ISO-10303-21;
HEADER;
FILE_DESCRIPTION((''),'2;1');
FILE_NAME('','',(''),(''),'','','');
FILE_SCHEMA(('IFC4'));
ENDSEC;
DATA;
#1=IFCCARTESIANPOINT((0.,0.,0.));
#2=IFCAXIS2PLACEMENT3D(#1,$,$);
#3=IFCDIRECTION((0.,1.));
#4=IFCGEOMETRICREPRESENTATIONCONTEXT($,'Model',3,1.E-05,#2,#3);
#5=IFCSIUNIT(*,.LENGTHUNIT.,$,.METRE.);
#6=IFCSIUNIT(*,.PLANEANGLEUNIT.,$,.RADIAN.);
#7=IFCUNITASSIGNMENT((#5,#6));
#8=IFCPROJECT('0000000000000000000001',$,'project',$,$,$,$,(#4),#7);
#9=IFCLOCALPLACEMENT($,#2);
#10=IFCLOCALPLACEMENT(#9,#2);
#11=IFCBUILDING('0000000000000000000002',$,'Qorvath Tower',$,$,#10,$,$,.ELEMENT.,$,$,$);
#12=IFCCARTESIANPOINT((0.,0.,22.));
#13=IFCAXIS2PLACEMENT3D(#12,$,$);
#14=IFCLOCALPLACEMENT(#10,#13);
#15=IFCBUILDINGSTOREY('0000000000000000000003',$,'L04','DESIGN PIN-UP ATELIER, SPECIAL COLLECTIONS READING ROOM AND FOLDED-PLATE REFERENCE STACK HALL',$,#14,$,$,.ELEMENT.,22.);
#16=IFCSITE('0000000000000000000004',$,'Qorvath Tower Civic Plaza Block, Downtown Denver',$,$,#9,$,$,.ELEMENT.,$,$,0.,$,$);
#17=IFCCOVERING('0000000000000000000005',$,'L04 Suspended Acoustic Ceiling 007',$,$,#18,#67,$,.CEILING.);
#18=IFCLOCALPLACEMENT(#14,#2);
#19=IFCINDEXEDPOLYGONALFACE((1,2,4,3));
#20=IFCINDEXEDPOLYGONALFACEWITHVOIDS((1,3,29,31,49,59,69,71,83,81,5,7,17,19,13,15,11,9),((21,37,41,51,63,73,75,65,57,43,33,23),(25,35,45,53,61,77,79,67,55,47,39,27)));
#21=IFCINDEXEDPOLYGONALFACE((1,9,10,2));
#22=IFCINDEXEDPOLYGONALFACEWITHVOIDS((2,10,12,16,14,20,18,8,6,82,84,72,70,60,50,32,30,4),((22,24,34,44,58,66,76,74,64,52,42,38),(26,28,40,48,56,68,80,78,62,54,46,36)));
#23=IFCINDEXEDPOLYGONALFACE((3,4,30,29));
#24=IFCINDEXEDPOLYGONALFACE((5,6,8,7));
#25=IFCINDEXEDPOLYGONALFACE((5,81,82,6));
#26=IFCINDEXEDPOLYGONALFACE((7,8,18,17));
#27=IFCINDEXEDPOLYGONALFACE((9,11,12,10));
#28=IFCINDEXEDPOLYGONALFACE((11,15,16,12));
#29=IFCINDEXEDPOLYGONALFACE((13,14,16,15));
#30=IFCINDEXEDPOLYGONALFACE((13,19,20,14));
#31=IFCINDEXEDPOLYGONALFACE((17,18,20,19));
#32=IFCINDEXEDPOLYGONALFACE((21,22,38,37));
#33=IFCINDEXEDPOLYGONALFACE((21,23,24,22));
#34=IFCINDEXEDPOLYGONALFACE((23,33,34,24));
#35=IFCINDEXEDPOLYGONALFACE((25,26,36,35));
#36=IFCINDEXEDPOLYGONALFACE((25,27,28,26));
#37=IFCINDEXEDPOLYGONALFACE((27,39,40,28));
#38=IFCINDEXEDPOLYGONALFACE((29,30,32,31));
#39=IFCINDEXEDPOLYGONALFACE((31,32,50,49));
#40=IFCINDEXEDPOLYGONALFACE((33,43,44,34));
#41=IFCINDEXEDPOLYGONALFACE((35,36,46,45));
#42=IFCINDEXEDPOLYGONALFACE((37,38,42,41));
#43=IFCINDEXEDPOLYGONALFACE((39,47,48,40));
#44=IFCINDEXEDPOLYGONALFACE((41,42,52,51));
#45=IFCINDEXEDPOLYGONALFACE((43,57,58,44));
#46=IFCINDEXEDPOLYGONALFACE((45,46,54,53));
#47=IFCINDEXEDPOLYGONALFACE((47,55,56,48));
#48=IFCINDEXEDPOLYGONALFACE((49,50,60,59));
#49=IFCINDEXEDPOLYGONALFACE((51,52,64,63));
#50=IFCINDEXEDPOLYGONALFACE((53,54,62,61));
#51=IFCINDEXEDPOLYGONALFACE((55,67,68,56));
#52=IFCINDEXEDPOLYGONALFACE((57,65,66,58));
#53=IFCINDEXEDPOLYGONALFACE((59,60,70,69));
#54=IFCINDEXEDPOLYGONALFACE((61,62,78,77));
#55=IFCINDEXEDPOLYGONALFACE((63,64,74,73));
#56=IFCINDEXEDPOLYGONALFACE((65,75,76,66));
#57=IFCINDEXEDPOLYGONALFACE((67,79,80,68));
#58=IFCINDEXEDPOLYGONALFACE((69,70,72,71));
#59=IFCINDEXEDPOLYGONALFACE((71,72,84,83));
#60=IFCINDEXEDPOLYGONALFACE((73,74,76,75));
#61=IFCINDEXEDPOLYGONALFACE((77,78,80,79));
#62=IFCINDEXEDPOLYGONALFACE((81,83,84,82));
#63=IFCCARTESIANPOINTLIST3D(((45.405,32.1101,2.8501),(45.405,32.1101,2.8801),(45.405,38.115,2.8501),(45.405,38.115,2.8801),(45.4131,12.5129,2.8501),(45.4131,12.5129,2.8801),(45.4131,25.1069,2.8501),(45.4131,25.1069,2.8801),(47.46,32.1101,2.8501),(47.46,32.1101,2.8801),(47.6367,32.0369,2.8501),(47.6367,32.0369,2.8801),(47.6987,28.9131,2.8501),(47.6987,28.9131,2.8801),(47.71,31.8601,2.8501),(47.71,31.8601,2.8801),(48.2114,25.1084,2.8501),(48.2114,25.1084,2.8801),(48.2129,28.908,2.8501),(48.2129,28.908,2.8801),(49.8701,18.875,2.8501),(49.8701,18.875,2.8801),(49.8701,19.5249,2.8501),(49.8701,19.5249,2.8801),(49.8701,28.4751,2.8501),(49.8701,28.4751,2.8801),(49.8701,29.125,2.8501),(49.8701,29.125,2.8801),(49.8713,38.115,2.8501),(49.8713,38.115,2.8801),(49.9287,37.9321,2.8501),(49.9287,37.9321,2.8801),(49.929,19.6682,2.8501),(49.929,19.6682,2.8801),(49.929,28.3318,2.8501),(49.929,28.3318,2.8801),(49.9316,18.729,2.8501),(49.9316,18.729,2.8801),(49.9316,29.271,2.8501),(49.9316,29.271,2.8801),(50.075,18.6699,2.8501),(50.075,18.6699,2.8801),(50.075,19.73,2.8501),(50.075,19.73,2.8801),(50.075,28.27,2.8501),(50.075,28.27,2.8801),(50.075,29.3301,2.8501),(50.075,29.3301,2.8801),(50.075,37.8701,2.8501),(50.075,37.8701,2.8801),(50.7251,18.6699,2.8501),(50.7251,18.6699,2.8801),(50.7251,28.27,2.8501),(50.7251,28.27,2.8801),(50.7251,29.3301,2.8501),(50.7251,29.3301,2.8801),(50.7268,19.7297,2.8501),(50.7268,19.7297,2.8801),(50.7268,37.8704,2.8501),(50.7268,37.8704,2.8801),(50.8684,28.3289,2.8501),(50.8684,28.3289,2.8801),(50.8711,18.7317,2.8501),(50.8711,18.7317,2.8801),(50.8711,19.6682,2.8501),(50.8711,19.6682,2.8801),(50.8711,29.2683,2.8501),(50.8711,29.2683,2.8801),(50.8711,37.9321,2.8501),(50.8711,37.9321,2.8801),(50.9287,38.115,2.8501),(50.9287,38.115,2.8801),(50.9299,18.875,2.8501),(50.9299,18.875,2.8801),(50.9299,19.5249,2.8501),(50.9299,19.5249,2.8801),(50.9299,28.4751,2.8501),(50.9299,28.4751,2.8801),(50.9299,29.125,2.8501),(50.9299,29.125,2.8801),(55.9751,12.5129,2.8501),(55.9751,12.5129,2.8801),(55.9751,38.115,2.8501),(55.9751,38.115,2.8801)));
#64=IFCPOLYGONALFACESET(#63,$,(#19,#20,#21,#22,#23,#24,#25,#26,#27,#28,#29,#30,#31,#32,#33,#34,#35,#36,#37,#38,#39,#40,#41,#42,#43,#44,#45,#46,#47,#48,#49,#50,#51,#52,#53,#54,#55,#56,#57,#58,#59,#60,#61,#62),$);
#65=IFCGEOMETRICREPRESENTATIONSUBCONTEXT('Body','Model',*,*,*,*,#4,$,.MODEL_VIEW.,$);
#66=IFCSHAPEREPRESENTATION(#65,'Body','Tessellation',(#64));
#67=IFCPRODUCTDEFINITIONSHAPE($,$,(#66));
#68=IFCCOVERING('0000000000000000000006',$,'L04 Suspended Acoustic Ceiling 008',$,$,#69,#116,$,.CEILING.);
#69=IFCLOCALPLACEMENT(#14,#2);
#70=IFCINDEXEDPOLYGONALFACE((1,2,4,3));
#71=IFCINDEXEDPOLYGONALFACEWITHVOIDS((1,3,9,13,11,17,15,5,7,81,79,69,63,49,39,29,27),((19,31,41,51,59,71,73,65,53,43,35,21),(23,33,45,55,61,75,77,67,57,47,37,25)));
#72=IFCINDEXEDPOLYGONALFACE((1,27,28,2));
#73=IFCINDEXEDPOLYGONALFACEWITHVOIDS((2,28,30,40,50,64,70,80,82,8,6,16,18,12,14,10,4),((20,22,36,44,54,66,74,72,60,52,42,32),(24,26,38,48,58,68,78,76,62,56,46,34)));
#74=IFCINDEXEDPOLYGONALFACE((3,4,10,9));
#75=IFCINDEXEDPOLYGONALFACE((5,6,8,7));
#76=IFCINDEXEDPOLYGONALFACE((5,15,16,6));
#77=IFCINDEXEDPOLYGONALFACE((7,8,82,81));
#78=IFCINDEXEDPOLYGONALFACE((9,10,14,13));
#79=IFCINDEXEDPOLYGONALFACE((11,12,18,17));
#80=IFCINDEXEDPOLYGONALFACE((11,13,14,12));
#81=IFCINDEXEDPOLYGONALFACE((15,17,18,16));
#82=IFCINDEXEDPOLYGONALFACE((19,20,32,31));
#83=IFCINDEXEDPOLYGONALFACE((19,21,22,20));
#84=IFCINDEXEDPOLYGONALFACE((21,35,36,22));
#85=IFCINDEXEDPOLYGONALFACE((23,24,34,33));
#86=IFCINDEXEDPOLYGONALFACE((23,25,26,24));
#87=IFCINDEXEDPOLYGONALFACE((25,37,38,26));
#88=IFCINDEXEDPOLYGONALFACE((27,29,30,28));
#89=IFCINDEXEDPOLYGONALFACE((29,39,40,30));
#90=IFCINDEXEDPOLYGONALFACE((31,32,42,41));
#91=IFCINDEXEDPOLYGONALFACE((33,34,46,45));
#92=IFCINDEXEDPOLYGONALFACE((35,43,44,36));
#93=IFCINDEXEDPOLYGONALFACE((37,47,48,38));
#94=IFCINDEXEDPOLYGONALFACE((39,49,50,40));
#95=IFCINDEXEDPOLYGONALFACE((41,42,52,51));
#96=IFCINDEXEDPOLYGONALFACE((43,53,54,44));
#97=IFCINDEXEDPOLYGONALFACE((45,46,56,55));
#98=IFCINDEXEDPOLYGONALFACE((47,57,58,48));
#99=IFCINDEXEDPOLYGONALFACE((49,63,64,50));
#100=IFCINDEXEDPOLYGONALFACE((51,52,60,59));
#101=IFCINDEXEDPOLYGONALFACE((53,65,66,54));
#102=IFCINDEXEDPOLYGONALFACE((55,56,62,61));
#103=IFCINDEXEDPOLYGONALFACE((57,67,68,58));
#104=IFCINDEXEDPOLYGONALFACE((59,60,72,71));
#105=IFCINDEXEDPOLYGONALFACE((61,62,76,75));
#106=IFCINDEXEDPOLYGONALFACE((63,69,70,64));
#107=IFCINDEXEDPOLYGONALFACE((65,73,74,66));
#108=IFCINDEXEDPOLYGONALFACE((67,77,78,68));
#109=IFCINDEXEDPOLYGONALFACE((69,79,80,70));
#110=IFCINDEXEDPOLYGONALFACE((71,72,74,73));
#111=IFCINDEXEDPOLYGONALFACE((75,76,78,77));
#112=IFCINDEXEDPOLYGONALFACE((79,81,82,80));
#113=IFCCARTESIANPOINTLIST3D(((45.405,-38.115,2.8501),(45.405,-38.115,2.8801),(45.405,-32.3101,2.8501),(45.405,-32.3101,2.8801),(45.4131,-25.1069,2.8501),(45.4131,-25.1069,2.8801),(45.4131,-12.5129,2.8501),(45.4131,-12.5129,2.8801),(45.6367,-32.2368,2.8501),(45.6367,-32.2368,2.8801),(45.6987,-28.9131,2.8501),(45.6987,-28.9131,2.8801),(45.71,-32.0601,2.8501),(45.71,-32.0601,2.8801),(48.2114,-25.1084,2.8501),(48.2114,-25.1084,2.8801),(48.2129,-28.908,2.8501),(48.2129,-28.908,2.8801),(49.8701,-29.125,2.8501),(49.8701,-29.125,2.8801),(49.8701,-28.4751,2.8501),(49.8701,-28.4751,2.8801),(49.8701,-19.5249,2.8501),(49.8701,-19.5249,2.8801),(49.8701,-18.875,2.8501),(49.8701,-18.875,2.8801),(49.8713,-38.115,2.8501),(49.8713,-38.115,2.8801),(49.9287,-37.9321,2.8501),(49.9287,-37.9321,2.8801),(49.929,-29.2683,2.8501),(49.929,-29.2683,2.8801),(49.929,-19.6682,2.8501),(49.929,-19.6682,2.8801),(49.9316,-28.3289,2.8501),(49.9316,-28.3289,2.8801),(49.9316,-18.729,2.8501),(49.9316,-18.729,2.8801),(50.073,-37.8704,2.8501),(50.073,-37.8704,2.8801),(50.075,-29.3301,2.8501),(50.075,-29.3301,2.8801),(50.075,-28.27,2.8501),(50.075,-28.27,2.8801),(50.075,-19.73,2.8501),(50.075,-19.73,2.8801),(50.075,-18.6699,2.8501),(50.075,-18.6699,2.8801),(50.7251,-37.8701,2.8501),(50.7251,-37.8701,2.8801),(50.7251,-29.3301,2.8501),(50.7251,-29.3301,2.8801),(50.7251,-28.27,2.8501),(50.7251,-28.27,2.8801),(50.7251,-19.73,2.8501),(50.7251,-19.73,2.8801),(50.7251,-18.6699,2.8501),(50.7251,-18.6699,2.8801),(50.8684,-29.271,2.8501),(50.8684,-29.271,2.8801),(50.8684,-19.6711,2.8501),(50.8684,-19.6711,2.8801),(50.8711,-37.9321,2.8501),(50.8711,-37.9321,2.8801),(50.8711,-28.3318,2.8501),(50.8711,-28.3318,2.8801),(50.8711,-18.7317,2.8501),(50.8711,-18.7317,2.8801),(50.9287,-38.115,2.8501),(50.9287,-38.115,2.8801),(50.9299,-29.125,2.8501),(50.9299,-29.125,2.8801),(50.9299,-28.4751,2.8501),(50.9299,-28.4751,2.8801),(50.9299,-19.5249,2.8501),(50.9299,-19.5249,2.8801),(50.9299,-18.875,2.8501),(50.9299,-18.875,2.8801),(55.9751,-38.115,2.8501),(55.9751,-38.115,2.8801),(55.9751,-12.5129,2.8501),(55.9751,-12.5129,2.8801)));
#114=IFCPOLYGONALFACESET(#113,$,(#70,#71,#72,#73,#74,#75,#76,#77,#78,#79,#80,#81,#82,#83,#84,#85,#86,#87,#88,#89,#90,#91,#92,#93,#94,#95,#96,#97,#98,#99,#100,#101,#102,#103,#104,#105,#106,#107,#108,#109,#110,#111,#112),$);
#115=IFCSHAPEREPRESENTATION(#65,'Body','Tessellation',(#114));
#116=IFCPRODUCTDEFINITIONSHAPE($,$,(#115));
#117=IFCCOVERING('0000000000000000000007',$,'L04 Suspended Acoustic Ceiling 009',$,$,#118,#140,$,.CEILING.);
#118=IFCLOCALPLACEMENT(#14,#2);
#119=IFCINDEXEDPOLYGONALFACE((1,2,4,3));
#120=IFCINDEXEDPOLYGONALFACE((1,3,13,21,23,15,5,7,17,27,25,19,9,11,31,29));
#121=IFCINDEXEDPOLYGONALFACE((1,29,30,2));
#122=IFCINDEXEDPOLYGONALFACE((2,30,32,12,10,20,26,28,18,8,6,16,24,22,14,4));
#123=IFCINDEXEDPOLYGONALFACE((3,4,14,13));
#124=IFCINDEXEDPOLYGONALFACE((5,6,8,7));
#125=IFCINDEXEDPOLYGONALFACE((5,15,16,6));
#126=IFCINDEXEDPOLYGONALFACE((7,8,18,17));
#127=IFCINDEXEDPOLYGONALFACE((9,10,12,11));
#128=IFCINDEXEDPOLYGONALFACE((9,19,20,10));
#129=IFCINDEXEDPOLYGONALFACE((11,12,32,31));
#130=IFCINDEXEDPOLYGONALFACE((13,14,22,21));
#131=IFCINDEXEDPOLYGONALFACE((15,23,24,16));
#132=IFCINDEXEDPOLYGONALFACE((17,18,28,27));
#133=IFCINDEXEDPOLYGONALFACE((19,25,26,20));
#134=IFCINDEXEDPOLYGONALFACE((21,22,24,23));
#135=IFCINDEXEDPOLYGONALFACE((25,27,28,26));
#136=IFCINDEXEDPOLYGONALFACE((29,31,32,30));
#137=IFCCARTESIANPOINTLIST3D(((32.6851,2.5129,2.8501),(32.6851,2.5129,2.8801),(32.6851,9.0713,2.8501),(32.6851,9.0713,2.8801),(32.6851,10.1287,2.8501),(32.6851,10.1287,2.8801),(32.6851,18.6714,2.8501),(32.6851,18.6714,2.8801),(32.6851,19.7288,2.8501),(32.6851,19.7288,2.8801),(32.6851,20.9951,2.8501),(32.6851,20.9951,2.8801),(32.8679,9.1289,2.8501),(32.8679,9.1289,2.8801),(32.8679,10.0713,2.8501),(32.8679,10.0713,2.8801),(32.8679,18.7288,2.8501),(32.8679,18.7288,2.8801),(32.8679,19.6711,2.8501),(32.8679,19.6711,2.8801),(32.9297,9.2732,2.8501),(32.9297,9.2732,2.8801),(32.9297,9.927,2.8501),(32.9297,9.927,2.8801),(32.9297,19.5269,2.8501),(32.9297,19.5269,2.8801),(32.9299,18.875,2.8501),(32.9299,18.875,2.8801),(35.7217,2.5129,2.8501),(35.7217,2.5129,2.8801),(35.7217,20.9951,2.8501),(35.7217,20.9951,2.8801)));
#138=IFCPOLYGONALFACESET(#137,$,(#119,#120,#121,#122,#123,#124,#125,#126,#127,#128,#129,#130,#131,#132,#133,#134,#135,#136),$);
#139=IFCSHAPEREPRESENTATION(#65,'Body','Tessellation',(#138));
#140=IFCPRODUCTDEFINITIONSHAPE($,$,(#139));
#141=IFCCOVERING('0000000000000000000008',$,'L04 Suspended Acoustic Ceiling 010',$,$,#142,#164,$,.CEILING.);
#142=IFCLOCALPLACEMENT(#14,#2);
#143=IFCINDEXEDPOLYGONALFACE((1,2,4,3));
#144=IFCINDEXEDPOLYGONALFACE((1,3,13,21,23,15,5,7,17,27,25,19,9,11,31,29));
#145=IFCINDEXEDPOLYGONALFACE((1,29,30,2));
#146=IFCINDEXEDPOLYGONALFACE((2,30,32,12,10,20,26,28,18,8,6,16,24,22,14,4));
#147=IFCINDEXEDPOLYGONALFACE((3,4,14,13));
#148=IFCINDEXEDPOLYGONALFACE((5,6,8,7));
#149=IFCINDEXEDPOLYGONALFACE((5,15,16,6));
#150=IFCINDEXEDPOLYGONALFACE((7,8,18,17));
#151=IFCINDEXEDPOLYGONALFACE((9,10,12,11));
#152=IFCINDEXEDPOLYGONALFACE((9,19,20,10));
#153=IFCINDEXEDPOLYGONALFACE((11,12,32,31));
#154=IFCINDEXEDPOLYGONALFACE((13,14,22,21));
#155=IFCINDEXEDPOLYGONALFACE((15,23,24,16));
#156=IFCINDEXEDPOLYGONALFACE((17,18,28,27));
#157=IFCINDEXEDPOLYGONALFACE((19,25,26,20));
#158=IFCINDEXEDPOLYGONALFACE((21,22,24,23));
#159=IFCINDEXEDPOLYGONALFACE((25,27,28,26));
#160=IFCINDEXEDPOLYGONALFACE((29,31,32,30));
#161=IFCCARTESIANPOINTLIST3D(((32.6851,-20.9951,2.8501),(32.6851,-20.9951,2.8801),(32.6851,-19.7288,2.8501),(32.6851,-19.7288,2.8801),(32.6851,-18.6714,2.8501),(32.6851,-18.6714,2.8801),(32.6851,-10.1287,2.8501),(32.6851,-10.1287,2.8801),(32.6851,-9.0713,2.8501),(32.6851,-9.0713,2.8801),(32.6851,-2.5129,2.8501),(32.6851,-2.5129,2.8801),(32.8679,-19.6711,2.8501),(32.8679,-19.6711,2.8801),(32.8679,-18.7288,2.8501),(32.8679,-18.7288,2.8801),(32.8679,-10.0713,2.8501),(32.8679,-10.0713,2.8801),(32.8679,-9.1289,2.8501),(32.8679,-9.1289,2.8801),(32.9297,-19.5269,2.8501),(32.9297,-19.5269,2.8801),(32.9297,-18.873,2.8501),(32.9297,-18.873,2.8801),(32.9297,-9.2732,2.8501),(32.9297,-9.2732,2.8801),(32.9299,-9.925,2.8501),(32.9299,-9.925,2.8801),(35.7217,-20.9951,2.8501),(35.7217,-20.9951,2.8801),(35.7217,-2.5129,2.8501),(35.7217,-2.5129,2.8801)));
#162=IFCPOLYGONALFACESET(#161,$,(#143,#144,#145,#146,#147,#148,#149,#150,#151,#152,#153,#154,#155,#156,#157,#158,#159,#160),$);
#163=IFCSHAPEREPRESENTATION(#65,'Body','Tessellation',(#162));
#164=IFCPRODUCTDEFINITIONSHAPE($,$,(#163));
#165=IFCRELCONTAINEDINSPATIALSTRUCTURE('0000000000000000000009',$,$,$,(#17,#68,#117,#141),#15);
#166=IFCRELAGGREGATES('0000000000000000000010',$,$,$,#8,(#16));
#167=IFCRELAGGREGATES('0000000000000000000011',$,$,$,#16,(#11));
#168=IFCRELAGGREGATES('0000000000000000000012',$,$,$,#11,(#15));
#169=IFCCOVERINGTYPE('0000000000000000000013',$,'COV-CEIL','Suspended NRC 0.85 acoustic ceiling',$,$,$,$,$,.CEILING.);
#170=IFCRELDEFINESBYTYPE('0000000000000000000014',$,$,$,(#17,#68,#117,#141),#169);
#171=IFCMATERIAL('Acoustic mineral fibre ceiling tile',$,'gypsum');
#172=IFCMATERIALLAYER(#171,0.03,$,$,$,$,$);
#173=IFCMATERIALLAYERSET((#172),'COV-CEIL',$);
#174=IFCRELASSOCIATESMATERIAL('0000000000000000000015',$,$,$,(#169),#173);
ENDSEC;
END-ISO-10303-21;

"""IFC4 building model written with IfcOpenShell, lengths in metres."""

from ifc_helpers import new_model, si_unit, direction, frame, origin, place, context, subcontext, project, spatial, polyline, outline, extrude, material, layer, layer_set, type_object, element, save


model = new_model("IFC4")

# Units and contexts
model_context = context("Model", 3, precision=1e-05, world=origin(), true_north=direction((0.0, 1.0)))
body_context = subcontext(model_context, "Body", "Model", "MODEL_VIEW")
ifc_project = project(units=[si_unit("LENGTHUNIT", "METRE"), si_unit("PLANEANGLEUNIT", "RADIAN")], contexts=[model_context])

# Site, building, storey
site_placement = place(None, origin())
site = spatial("IfcSite", under=ifc_project, at=site_placement, Name="Qorvath Tower Civic Plaza Block, Downtown Denver", CompositionType="ELEMENT", RefElevation=0.0)
building_placement = place(site_placement, origin())
building = spatial("IfcBuilding", under=site, at=building_placement, Name="Qorvath Tower", CompositionType="ELEMENT")
storey_placement = place(building_placement, frame((0.0, 0.0, 22.0)))
storey = spatial("IfcBuildingStorey", under=building, at=storey_placement, Name="L04", Description="DESIGN PIN-UP ATELIER, SPECIAL COLLECTIONS READING ROOM AND FOLDED-PLATE REFERENCE STACK HALL", CompositionType="ELEMENT", Elevation=22.0)

# Coverings
ifc_material_1 = material(Name="Acoustic mineral fibre ceiling tile", Category="gypsum")
ifc_layer_1 = layer(ifc_material_1, 0.03)
ifc_layer_set_1 = layer_set([ifc_layer_1], Name="COV-CEIL")
covering_type_1 = type_object("IfcCoveringType", Name="COV-CEIL", Description="Suspended NRC 0.85 acoustic ceiling", PredefinedType="CEILING", material=ifc_layer_set_1)
covering_1_placement = place(storey_placement, frame((0.0, 0.0, 2.8501)))
element("IfcCovering", 1, at=covering_1_placement, inside=storey, type_object=covering_type_1, Name="L04 Suspended Acoustic Ceiling 007", PredefinedType="CEILING", context=body_context, shape_type="SweptSolid", body=[
    extrude(outline(polyline([(45.405, 38.115), (45.405, 32.1101), (47.46, 32.1101), (47.6367, 32.0369), (47.71, 31.8601), (47.6987, 28.9131), (48.2129, 28.908), (48.2114, 25.1084), (45.4131, 25.1069), (45.4131, 12.5129), (55.9751, 12.5129), (55.9751, 38.115), (50.9287, 38.115), (50.8711, 37.9321), (50.7268, 37.8704), (50.075, 37.8701), (49.9287, 37.9321), (49.8713, 38.115), (45.405, 38.115)]), holes=[polyline([(50.7268, 19.7297), (50.8711, 19.6682), (50.9299, 19.5249), (50.9299, 18.875), (50.8711, 18.7317), (50.7251, 18.6699), (50.075, 18.6699), (49.9316, 18.729), (49.8701, 18.875), (49.8701, 19.5249), (49.929, 19.6682), (50.075, 19.73), (50.7268, 19.7297)]), polyline([(50.8711, 29.2683), (50.9299, 29.125), (50.9299, 28.4751), (50.8684, 28.3289), (50.7251, 28.27), (50.075, 28.27), (49.929, 28.3318), (49.8701, 28.4751), (49.8701, 29.125), (49.9316, 29.271), (50.075, 29.3301), (50.7251, 29.3301), (50.8711, 29.2683)])]), origin(), (0.0, 0.0, 1.0), 0.03),
])
covering_2_placement = place(storey_placement, frame((0.0, 0.0, 2.8501)))
element("IfcCovering", 2, at=covering_2_placement, inside=storey, type_object=covering_type_1, Name="L04 Suspended Acoustic Ceiling 008", PredefinedType="CEILING", context=body_context, shape_type="SweptSolid", body=[
    extrude(outline(polyline([(55.9751, -38.115), (55.9751, -12.5129), (45.4131, -12.5129), (45.4131, -25.1069), (48.2114, -25.1084), (48.2129, -28.908), (45.6987, -28.9131), (45.71, -32.0601), (45.6367, -32.2368), (45.405, -32.3101), (45.405, -38.115), (49.8713, -38.115), (49.9287, -37.9321), (50.073, -37.8704), (50.7251, -37.8701), (50.8711, -37.9321), (50.9287, -38.115), (55.9751, -38.115)]), holes=[polyline([(50.8711, -28.3318), (50.9299, -28.4751), (50.9299, -29.125), (50.8684, -29.271), (50.7251, -29.3301), (50.075, -29.3301), (49.929, -29.2683), (49.8701, -29.125), (49.8701, -28.4751), (49.9316, -28.3289), (50.075, -28.27), (50.7251, -28.27), (50.8711, -28.3318)]), polyline([(50.8711, -18.7317), (50.9299, -18.875), (50.9299, -19.5249), (50.8684, -19.6711), (50.7251, -19.73), (50.075, -19.73), (49.929, -19.6682), (49.8701, -19.5249), (49.8701, -18.875), (49.9316, -18.729), (50.075, -18.6699), (50.7251, -18.6699), (50.8711, -18.7317)])]), origin(), (0.0, 0.0, 1.0), 0.03),
])
covering_3_placement = place(storey_placement, frame((0.0, 0.0, 2.8501)))
element("IfcCovering", 3, at=covering_3_placement, inside=storey, type_object=covering_type_1, Name="L04 Suspended Acoustic Ceiling 009", PredefinedType="CEILING", context=body_context, shape_type="SweptSolid", body=[
    extrude(outline(polyline([(32.9297, 9.2732), (32.8679, 9.1289), (32.6851, 9.0713), (32.6851, 2.5129), (35.7217, 2.5129), (35.7217, 20.9951), (32.6851, 20.9951), (32.6851, 19.7288), (32.8679, 19.6711), (32.9297, 19.5269), (32.9299, 18.875), (32.8679, 18.7288), (32.6851, 18.6714), (32.6851, 10.1287), (32.8679, 10.0713), (32.9297, 9.927), (32.9297, 9.2732)])), origin(), (0.0, 0.0, 1.0), 0.03),
])
covering_4_placement = place(storey_placement, frame((0.0, 0.0, 2.8501)))
element("IfcCovering", 4, at=covering_4_placement, inside=storey, type_object=covering_type_1, Name="L04 Suspended Acoustic Ceiling 010", PredefinedType="CEILING", context=body_context, shape_type="SweptSolid", body=[
    extrude(outline(polyline([(32.9297, -19.5269), (32.8679, -19.6711), (32.6851, -19.7288), (32.6851, -20.9951), (35.7217, -20.9951), (35.7217, -2.5129), (32.6851, -2.5129), (32.6851, -9.0713), (32.8679, -9.1289), (32.9297, -9.2732), (32.9299, -9.925), (32.8679, -10.0713), (32.6851, -10.1287), (32.6851, -18.6714), (32.8679, -18.7288), (32.9297, -18.873), (32.9297, -19.5269)])), origin(), (0.0, 0.0, 1.0), 0.03),
])

save(model, "model.ifc")
